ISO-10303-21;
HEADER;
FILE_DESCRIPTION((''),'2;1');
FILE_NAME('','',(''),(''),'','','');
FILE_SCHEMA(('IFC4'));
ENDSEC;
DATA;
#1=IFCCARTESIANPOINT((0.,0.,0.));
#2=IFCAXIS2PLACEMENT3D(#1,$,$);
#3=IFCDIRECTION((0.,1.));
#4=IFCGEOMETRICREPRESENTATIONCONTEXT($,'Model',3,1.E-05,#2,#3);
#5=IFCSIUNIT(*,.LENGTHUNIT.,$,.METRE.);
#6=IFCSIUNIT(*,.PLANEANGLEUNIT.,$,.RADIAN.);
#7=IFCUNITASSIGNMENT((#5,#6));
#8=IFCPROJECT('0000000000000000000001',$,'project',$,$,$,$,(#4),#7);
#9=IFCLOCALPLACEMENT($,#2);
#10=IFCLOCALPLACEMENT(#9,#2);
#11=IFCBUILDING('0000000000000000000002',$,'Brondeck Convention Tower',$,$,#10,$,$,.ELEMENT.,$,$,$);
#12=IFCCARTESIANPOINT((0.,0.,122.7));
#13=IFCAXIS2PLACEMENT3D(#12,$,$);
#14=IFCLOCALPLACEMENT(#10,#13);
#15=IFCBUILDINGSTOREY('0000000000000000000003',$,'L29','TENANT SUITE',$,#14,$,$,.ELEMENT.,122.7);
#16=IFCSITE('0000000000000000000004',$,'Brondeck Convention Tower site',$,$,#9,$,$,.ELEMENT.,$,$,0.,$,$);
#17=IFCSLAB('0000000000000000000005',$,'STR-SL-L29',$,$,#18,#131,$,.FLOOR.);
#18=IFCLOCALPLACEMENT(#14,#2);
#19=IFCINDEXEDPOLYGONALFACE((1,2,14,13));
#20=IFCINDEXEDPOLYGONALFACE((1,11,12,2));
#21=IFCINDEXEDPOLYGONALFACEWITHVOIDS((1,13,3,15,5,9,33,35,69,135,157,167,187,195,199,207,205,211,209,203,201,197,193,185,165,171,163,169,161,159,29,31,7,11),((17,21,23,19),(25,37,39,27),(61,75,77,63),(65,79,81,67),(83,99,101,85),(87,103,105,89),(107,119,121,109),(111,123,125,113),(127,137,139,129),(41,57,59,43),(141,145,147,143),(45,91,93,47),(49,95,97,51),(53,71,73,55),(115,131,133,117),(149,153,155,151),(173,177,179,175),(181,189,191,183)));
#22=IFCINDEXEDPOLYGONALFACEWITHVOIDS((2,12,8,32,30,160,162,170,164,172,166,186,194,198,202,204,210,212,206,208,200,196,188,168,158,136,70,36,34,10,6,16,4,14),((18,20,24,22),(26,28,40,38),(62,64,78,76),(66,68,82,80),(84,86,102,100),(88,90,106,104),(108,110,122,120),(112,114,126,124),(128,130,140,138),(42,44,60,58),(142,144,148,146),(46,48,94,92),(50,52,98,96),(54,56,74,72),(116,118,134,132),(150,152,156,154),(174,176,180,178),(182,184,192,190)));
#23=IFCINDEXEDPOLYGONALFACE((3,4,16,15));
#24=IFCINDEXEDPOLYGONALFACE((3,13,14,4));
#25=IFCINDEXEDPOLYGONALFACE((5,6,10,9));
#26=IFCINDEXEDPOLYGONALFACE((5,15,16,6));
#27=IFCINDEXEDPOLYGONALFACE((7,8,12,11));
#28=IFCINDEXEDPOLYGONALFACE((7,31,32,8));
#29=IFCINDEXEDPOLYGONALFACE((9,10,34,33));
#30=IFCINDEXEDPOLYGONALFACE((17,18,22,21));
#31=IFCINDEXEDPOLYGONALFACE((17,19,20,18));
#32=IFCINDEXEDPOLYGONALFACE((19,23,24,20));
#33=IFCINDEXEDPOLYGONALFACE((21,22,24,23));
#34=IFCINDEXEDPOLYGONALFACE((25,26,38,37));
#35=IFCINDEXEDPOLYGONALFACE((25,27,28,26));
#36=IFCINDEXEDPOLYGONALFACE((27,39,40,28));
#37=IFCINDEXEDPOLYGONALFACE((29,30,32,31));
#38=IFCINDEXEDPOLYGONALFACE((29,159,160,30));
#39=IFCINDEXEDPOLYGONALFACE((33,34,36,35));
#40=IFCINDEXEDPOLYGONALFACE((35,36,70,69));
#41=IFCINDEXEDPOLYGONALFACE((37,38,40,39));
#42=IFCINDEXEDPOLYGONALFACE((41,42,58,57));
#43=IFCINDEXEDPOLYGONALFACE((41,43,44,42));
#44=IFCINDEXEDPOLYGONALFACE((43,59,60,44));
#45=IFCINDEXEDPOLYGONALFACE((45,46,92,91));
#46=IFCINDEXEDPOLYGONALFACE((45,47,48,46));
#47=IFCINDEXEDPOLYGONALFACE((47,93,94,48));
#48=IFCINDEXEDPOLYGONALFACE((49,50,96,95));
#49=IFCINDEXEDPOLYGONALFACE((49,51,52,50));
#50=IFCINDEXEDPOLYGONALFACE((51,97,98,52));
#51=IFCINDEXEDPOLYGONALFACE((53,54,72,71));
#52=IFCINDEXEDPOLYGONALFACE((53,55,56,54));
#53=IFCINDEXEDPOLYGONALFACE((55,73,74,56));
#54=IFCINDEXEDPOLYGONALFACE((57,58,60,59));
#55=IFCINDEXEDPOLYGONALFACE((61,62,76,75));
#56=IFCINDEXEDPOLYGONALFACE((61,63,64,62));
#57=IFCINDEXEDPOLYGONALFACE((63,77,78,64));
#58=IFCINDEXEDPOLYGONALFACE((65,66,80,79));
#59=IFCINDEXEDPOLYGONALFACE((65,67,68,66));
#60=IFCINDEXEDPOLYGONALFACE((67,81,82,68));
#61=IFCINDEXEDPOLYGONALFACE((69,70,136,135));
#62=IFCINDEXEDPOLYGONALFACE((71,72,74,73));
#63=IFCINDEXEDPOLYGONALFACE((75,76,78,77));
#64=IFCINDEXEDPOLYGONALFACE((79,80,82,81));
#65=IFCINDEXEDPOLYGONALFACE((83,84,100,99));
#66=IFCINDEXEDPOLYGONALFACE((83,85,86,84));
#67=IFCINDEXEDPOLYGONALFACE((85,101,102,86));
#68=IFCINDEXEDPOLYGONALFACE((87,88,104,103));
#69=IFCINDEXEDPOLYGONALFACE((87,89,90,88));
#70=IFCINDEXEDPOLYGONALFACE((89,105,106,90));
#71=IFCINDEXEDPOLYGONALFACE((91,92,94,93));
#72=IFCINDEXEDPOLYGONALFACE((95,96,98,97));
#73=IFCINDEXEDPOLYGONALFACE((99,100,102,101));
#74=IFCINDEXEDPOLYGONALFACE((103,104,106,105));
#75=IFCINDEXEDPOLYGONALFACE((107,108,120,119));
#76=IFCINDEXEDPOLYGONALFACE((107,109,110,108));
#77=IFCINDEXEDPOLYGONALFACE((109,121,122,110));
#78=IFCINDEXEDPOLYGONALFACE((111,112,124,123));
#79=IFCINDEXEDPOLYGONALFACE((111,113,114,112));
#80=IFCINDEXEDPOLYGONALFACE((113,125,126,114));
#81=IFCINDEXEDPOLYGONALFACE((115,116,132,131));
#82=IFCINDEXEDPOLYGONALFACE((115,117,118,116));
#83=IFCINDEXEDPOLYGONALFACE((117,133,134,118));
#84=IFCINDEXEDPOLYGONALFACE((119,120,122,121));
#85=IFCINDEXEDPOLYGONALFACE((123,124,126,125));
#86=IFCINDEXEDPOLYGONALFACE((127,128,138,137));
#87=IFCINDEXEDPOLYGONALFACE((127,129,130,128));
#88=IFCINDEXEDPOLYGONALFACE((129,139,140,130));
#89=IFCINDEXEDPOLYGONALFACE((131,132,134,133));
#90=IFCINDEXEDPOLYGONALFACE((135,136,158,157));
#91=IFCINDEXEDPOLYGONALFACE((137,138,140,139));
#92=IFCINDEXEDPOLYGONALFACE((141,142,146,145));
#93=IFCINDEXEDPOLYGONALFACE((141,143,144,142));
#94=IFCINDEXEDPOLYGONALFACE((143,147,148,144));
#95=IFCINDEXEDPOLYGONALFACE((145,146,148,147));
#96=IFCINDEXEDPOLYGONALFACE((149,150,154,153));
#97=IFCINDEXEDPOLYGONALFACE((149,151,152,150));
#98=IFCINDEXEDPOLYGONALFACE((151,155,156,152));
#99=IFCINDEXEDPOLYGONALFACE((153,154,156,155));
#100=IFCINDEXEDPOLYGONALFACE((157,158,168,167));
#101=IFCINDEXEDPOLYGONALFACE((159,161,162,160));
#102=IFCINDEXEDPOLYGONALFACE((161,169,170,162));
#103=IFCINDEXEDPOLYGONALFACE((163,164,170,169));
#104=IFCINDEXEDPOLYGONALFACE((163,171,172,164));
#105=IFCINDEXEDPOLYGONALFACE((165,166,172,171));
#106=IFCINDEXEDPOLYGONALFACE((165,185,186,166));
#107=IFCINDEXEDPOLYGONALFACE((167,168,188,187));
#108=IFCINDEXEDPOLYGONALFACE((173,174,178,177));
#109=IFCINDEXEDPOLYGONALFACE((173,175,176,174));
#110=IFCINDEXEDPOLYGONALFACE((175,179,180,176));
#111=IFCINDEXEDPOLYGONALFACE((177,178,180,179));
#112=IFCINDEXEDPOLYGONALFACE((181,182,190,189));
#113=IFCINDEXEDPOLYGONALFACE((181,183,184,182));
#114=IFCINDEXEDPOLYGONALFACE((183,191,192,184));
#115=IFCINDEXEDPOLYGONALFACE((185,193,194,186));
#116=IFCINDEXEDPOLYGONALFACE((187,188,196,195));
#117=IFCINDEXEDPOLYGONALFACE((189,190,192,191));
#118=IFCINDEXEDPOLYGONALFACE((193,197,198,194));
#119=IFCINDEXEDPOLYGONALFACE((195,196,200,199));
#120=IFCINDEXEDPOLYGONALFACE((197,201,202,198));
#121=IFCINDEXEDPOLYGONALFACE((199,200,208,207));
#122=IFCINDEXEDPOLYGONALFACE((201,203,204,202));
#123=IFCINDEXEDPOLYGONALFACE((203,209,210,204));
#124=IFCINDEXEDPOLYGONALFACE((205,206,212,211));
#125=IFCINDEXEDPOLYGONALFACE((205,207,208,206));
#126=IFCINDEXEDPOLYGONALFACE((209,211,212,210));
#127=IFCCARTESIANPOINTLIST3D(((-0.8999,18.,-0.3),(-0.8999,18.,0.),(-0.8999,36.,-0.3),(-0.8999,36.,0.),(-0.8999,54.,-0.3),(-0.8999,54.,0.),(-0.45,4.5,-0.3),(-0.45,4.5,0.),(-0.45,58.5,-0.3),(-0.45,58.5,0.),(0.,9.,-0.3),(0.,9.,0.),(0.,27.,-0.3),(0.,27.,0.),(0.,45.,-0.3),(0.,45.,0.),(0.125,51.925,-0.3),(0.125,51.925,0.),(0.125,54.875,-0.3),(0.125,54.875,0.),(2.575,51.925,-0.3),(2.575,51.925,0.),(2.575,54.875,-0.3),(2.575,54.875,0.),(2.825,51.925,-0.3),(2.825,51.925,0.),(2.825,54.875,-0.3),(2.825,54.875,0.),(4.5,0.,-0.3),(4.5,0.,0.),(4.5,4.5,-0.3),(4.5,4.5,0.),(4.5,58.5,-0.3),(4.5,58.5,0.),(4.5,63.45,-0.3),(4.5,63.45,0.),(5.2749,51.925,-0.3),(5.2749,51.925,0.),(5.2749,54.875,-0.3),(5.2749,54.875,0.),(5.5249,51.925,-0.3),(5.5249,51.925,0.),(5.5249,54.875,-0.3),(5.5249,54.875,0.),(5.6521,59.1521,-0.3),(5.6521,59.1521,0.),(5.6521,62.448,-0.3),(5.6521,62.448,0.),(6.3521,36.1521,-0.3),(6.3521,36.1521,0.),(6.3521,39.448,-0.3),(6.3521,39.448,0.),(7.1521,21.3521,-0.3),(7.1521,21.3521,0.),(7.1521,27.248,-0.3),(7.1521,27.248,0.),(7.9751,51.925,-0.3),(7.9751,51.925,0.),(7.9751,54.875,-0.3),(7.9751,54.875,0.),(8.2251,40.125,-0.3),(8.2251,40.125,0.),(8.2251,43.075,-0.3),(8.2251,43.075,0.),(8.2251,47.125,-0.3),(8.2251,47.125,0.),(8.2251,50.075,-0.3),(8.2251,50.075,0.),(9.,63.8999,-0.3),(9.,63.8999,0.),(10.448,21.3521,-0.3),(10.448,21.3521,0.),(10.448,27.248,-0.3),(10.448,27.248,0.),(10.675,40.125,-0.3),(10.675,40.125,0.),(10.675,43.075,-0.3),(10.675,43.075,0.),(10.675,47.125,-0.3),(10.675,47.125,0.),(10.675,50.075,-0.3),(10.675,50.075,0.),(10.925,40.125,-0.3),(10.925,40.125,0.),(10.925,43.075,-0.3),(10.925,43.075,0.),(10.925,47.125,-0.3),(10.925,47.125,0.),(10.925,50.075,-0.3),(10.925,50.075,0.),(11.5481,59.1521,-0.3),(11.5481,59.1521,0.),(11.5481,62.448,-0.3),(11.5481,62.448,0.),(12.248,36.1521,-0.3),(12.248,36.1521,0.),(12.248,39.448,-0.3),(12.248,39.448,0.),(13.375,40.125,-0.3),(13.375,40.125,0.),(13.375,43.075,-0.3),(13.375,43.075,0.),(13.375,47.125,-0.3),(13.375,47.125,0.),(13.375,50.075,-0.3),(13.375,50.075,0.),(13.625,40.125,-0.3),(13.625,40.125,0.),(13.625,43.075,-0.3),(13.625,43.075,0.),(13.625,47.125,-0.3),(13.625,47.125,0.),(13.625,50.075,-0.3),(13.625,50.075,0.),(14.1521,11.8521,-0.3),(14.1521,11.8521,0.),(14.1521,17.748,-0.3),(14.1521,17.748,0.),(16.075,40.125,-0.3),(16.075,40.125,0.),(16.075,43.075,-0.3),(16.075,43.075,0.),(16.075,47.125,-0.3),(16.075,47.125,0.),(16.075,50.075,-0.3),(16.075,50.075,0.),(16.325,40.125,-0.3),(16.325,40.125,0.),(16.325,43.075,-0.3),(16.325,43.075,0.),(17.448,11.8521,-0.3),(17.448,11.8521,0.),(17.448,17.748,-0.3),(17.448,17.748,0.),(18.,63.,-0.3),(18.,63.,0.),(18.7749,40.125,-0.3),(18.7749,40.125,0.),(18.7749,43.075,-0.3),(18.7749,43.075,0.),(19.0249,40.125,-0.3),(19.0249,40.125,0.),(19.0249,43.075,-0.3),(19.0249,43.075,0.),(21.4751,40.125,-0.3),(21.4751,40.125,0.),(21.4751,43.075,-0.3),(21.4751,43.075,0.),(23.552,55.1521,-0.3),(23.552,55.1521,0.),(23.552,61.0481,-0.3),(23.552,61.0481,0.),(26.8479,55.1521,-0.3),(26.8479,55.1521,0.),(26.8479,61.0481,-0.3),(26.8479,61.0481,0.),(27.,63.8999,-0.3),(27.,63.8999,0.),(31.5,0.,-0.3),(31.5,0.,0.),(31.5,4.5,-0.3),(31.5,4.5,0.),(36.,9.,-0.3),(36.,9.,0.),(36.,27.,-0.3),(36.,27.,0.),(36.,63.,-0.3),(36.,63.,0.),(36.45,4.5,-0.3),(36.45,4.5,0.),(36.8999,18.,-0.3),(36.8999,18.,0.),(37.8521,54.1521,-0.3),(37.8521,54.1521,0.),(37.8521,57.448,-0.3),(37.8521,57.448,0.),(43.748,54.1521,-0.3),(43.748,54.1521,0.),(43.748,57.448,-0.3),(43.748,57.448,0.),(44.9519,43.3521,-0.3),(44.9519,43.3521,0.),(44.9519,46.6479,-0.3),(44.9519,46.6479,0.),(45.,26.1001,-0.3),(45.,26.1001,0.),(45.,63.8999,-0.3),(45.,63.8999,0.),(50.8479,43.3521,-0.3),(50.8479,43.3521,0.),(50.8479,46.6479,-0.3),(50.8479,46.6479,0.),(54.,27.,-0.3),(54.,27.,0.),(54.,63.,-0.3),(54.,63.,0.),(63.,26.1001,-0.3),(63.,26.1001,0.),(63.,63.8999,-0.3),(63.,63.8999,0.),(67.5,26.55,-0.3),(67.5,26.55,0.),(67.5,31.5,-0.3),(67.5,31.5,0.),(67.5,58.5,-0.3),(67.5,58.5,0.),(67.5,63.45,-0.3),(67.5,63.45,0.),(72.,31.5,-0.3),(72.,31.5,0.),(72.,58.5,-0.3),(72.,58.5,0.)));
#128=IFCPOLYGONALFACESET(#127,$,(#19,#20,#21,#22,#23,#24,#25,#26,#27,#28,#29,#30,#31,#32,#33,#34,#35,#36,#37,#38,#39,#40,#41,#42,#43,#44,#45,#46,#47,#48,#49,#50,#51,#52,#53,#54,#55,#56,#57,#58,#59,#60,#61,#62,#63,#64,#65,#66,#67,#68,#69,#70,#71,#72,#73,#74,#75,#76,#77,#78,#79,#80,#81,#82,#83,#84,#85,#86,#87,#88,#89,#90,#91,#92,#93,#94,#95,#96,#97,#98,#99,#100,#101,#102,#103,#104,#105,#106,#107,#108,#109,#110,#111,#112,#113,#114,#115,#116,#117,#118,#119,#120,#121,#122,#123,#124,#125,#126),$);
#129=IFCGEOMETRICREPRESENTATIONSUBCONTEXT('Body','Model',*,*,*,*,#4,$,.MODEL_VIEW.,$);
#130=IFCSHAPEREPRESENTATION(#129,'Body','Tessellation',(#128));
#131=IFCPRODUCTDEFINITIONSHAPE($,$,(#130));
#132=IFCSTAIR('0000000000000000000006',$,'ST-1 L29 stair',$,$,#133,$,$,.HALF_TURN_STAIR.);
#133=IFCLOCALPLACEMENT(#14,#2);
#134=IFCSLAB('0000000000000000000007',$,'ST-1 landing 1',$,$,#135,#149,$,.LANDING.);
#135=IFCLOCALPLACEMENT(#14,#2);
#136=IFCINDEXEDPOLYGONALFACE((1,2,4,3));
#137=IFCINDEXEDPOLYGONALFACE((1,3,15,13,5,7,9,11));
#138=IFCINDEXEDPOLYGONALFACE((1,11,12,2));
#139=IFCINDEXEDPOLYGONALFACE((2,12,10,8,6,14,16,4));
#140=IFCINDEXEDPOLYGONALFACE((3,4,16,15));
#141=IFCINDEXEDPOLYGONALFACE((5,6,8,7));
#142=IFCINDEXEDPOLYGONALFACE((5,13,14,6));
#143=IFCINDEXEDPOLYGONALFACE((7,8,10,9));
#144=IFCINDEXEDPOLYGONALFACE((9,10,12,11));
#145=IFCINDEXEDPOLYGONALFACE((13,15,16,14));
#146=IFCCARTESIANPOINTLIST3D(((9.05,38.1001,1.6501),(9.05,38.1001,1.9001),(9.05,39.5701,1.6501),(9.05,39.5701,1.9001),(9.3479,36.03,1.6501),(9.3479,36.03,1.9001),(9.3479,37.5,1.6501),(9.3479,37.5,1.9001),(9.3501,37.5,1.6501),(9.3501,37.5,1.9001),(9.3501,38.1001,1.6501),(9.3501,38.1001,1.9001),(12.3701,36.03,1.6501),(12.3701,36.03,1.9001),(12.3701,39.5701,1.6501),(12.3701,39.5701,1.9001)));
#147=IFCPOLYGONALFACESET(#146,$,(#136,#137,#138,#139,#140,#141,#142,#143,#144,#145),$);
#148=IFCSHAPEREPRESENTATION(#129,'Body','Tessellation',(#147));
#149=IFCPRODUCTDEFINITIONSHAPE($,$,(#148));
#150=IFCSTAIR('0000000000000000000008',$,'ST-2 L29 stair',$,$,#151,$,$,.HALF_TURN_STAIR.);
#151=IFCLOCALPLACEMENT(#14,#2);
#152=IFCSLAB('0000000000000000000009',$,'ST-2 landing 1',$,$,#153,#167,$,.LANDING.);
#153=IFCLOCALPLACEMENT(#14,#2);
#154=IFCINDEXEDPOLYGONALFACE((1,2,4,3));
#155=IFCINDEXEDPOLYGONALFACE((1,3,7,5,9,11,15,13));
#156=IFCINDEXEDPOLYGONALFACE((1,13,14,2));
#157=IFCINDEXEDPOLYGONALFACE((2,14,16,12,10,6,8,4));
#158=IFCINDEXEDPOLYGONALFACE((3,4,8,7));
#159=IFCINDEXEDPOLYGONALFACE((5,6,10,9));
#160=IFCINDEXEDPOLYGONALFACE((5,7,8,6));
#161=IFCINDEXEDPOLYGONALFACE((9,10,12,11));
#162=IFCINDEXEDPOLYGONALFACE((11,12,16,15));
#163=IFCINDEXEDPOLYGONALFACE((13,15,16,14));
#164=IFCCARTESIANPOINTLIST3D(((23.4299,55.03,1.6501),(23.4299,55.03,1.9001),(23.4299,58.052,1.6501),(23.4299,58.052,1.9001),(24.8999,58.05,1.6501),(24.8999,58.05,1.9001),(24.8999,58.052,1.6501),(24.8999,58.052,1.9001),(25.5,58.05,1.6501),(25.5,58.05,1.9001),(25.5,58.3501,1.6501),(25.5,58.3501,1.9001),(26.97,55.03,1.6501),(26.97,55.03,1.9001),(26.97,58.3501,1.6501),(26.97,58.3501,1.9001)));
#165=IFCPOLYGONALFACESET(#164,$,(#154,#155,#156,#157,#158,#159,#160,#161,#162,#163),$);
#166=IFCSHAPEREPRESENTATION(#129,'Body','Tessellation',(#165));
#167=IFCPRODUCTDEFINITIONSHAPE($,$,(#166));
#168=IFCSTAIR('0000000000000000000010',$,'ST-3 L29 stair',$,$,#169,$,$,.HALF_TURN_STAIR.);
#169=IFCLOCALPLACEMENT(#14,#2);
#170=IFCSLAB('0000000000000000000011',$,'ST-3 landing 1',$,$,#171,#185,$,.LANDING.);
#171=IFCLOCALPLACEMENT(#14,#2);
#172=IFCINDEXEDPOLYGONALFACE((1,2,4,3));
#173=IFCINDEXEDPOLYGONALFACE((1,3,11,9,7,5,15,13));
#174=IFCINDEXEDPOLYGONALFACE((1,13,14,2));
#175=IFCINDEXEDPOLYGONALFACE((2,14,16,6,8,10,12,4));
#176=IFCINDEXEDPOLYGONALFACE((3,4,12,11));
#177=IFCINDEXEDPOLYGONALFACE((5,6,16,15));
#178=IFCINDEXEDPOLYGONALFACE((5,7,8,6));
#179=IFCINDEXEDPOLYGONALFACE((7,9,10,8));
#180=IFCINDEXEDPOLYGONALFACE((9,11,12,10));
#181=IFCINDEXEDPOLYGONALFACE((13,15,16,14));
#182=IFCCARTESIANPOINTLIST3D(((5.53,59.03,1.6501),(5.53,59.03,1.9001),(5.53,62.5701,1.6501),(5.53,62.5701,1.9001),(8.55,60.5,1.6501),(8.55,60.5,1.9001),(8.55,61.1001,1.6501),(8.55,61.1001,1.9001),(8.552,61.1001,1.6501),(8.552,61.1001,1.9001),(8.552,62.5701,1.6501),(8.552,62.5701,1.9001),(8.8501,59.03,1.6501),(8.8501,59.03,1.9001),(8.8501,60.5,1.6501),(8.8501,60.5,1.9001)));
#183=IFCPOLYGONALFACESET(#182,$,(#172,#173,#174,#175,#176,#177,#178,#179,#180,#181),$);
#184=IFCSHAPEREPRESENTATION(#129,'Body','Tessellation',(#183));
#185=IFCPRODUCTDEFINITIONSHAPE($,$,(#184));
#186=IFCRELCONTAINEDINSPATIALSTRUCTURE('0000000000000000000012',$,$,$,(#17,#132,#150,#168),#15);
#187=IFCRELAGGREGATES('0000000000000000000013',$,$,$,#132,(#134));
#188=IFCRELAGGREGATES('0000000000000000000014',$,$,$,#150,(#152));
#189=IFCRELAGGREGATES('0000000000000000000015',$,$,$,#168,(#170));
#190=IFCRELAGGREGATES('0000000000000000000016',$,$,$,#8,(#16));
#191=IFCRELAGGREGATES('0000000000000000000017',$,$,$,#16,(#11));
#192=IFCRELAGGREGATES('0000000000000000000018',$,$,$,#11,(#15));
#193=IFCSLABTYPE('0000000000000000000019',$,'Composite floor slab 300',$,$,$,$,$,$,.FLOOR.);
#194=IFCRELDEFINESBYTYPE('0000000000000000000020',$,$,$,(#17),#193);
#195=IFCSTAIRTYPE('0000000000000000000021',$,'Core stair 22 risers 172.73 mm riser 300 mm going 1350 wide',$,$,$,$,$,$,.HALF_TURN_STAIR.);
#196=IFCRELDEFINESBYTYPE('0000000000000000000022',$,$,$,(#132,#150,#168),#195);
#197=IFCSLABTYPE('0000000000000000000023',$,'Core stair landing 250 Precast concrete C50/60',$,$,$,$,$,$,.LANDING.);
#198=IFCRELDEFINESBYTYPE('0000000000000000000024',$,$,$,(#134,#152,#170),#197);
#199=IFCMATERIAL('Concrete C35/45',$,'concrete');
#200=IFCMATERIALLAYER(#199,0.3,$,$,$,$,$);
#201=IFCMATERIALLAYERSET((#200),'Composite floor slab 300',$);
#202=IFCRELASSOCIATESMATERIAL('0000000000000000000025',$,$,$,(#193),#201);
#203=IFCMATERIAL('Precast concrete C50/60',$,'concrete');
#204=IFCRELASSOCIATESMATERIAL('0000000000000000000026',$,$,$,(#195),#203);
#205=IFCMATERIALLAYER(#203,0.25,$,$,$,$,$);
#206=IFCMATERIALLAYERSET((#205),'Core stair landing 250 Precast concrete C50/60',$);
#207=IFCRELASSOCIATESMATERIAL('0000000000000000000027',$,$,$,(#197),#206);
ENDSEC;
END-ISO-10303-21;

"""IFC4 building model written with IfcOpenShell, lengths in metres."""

from ifc_helpers import new_model, si_unit, direction, frame, origin, place, context, subcontext, project, spatial, polyline, outline, extrude, material, layer, layer_set, type_object, element, aggregate, save


model = new_model("IFC4")

# Units and contexts
model_context = context("Model", 3, precision=1e-05, world=origin(), true_north=direction((0.0, 1.0)))
body_context = subcontext(model_context, "Body", "Model", "MODEL_VIEW")
ifc_project = project(units=[si_unit("LENGTHUNIT", "METRE"), si_unit("PLANEANGLEUNIT", "RADIAN")], contexts=[model_context])

# Site, building, storey
site_placement = place(None, origin())
site = spatial("IfcSite", under=ifc_project, at=site_placement, Name="Brondeck Convention Tower site", CompositionType="ELEMENT", RefElevation=0.0)
building_placement = place(site_placement, origin())
building = spatial("IfcBuilding", under=site, at=building_placement, Name="Brondeck Convention Tower", CompositionType="ELEMENT")
storey_placement = place(building_placement, frame((0.0, 0.0, 122.7)))
storey = spatial("IfcBuildingStorey", under=building, at=storey_placement, Name="L29", Description="TENANT SUITE", CompositionType="ELEMENT", Elevation=122.7)

# Slab
ifc_material_1 = material(Name="Concrete C35/45", Category="concrete")
ifc_layer_1 = layer(ifc_material_1, 0.3)
ifc_layer_set_1 = layer_set([ifc_layer_1], Name="Composite floor slab 300")
slab_type_1 = type_object("IfcSlabType", Name="Composite floor slab 300", PredefinedType="FLOOR", material=ifc_layer_set_1)
slab_1_placement = place(storey_placement, frame((0.0, 0.0, -0.3)))
element("IfcSlab", 1, at=slab_1_placement, inside=storey, type_object=slab_type_1, Name="STR-SL-L29", PredefinedType="FLOOR", context=body_context, shape_type="SweptSolid", body=[
    extrude(outline(polyline([(4.5, 4.5), (-0.45, 4.5), (0.0, 9.0), (-0.8999, 18.0), (0.0, 27.0), (-0.8999, 36.0), (0.0, 45.0), (-0.8999, 54.0), (-0.45, 58.5), (4.5, 58.5), (4.5, 63.45), (9.0, 63.8999), (18.0, 63.0), (27.0, 63.8999), (36.0, 63.0), (45.0, 63.8999), (54.0, 63.0), (63.0, 63.8999), (67.5, 63.45), (67.5, 58.5), (72.0, 58.5), (72.0, 31.5), (67.5, 31.5), (67.5, 26.55), (63.0, 26.1001), (54.0, 27.0), (45.0, 26.1001), (36.0, 27.0), (36.8999, 18.0), (36.0, 9.0), (36.45, 4.5), (31.5, 4.5), (31.5, 0.0), (4.5, 0.0), (4.5, 4.5)]), holes=[polyline([(10.448, 27.248), (7.1521, 27.248), (7.1521, 21.3521), (10.448, 21.3521), (10.448, 27.248)]), polyline([(12.248, 36.1521), (12.248, 39.448), (6.3521, 39.448), (6.3521, 36.1521), (12.248, 36.1521)]), polyline([(10.675, 40.125), (10.675, 43.075), (8.2251, 43.075), (8.2251, 40.125), (10.675, 40.125)]), polyline([(10.675, 47.125), (10.675, 50.075), (8.2251, 50.075), (8.2251, 47.125), (10.675, 47.125)]), polyline([(13.375, 47.125), (13.375, 50.075), (10.925, 50.075), (10.925, 47.125), (13.375, 47.125)]), polyline([(2.575, 51.925), (2.575, 54.875), (0.125, 54.875), (0.125, 51.925), (2.575, 51.925)]), polyline([(5.2749, 51.925), (5.2749, 54.875), (2.825, 54.875), (2.825, 51.925), (5.2749, 51.925)]), polyline([(5.5249, 51.925), (7.9751, 51.925), (7.9751, 54.875), (5.5249, 54.875), (5.5249, 51.925)]), polyline([(11.5481, 62.448), (5.6521, 62.448), (5.6521, 59.1521), (11.5481, 59.1521), (11.5481, 62.448)]), polyline([(17.448, 17.748), (14.1521, 17.748), (14.1521, 11.8521), (17.448, 11.8521), (17.448, 17.748)]), polyline([(13.375, 40.125), (13.375, 43.075), (10.925, 43.075), (10.925, 40.125), (13.375, 40.125)]), polyline([(16.075, 40.125), (16.075, 43.075), (13.625, 43.075), (13.625, 40.125), (16.075, 40.125)]), polyline([(18.7749, 40.125), (18.7749, 43.075), (16.325, 43.075), (16.325, 40.125), (18.7749, 40.125)]), polyline([(21.4751, 40.125), (21.4751, 43.075), (19.0249, 43.075), (19.0249, 40.125), (21.4751, 40.125)]), polyline([(50.8479, 43.3521), (50.8479, 46.6479), (44.9519, 46.6479), (44.9519, 43.3521), (50.8479, 43.3521)]), polyline([(16.075, 47.125), (16.075, 50.075), (13.625, 50.075), (13.625, 47.125), (16.075, 47.125)]), polyline([(37.8521, 54.1521), (43.748, 54.1521), (43.748, 57.448), (37.8521, 57.448), (37.8521, 54.1521)]), polyline([(23.552, 61.0481), (23.552, 55.1521), (26.8479, 55.1521), (26.8479, 61.0481), (23.552, 61.0481)])]), origin(), (0.0, 0.0, 1.0), 0.3),
])

# Stairs, slabs
ifc_material_2 = material(Name="Precast concrete C50/60", Category="concrete")
stair_type = type_object("IfcStairType", Name="Core stair 22 risers 172.73 mm riser 300 mm going 1350 wide", PredefinedType="HALF_TURN_STAIR", material=ifc_material_2)
stair_1_placement = place(storey_placement, origin())
stair_1 = element("IfcStair", 2, at=stair_1_placement, inside=storey, type_object=stair_type, Name="ST-1 L29 stair", PredefinedType="HALF_TURN_STAIR")
ifc_layer_2 = layer(ifc_material_2, 0.25)
ifc_layer_set_2 = layer_set([ifc_layer_2], Name="Core stair landing 250 Precast concrete C50/60")
slab_type_2 = type_object("IfcSlabType", Name="Core stair landing 250 Precast concrete C50/60", PredefinedType="LANDING", material=ifc_layer_set_2)
slab_2_placement = place(storey_placement, frame((0.0, 0.0, 1.6501)))
slab_2 = element("IfcSlab", 3, at=slab_2_placement, type_object=slab_type_2, Name="ST-1 landing 1", PredefinedType="LANDING", context=body_context, shape_type="SweptSolid", body=[
    extrude(outline(polyline([(9.3479, 37.5), (9.3501, 37.5), (9.3501, 38.1001), (9.05, 38.1001), (9.05, 39.5701), (12.3701, 39.5701), (12.3701, 36.03), (9.3479, 36.03), (9.3479, 37.5)])), origin(), (0.0, 0.0, 1.0), 0.25),
])
aggregate(stair_1, [slab_2])
stair_2_placement = place(storey_placement, origin())
stair_2 = element("IfcStair", 4, at=stair_2_placement, inside=storey, type_object=stair_type, Name="ST-2 L29 stair", PredefinedType="HALF_TURN_STAIR")
slab_3_placement = place(storey_placement, frame((0.0, 0.0, 1.6501)))
slab_3 = element("IfcSlab", 5, at=slab_3_placement, type_object=slab_type_2, Name="ST-2 landing 1", PredefinedType="LANDING", context=body_context, shape_type="SweptSolid", body=[
    extrude(outline(polyline([(23.4299, 58.052), (24.8999, 58.052), (24.8999, 58.05), (25.5, 58.05), (25.5, 58.3501), (26.97, 58.3501), (26.97, 55.03), (23.4299, 55.03), (23.4299, 58.052)])), origin(), (0.0, 0.0, 1.0), 0.25),
])
aggregate(stair_2, [slab_3])
stair_3_placement = place(storey_placement, origin())
stair_3 = element("IfcStair", 6, at=stair_3_placement, inside=storey, type_object=stair_type, Name="ST-3 L29 stair", PredefinedType="HALF_TURN_STAIR")
slab_4_placement = place(storey_placement, frame((0.0, 0.0, 1.6501)))
slab_4 = element("IfcSlab", 7, at=slab_4_placement, type_object=slab_type_2, Name="ST-3 landing 1", PredefinedType="LANDING", context=body_context, shape_type="SweptSolid", body=[
    extrude(outline(polyline([(8.8501, 60.5), (8.8501, 59.03), (5.53, 59.03), (5.53, 62.5701), (8.552, 62.5701), (8.552, 61.1001), (8.55, 61.1001), (8.55, 60.5), (8.8501, 60.5)])), origin(), (0.0, 0.0, 1.0), 0.25),
])
aggregate(stair_3, [slab_4])

save(model, "model.ifc")
